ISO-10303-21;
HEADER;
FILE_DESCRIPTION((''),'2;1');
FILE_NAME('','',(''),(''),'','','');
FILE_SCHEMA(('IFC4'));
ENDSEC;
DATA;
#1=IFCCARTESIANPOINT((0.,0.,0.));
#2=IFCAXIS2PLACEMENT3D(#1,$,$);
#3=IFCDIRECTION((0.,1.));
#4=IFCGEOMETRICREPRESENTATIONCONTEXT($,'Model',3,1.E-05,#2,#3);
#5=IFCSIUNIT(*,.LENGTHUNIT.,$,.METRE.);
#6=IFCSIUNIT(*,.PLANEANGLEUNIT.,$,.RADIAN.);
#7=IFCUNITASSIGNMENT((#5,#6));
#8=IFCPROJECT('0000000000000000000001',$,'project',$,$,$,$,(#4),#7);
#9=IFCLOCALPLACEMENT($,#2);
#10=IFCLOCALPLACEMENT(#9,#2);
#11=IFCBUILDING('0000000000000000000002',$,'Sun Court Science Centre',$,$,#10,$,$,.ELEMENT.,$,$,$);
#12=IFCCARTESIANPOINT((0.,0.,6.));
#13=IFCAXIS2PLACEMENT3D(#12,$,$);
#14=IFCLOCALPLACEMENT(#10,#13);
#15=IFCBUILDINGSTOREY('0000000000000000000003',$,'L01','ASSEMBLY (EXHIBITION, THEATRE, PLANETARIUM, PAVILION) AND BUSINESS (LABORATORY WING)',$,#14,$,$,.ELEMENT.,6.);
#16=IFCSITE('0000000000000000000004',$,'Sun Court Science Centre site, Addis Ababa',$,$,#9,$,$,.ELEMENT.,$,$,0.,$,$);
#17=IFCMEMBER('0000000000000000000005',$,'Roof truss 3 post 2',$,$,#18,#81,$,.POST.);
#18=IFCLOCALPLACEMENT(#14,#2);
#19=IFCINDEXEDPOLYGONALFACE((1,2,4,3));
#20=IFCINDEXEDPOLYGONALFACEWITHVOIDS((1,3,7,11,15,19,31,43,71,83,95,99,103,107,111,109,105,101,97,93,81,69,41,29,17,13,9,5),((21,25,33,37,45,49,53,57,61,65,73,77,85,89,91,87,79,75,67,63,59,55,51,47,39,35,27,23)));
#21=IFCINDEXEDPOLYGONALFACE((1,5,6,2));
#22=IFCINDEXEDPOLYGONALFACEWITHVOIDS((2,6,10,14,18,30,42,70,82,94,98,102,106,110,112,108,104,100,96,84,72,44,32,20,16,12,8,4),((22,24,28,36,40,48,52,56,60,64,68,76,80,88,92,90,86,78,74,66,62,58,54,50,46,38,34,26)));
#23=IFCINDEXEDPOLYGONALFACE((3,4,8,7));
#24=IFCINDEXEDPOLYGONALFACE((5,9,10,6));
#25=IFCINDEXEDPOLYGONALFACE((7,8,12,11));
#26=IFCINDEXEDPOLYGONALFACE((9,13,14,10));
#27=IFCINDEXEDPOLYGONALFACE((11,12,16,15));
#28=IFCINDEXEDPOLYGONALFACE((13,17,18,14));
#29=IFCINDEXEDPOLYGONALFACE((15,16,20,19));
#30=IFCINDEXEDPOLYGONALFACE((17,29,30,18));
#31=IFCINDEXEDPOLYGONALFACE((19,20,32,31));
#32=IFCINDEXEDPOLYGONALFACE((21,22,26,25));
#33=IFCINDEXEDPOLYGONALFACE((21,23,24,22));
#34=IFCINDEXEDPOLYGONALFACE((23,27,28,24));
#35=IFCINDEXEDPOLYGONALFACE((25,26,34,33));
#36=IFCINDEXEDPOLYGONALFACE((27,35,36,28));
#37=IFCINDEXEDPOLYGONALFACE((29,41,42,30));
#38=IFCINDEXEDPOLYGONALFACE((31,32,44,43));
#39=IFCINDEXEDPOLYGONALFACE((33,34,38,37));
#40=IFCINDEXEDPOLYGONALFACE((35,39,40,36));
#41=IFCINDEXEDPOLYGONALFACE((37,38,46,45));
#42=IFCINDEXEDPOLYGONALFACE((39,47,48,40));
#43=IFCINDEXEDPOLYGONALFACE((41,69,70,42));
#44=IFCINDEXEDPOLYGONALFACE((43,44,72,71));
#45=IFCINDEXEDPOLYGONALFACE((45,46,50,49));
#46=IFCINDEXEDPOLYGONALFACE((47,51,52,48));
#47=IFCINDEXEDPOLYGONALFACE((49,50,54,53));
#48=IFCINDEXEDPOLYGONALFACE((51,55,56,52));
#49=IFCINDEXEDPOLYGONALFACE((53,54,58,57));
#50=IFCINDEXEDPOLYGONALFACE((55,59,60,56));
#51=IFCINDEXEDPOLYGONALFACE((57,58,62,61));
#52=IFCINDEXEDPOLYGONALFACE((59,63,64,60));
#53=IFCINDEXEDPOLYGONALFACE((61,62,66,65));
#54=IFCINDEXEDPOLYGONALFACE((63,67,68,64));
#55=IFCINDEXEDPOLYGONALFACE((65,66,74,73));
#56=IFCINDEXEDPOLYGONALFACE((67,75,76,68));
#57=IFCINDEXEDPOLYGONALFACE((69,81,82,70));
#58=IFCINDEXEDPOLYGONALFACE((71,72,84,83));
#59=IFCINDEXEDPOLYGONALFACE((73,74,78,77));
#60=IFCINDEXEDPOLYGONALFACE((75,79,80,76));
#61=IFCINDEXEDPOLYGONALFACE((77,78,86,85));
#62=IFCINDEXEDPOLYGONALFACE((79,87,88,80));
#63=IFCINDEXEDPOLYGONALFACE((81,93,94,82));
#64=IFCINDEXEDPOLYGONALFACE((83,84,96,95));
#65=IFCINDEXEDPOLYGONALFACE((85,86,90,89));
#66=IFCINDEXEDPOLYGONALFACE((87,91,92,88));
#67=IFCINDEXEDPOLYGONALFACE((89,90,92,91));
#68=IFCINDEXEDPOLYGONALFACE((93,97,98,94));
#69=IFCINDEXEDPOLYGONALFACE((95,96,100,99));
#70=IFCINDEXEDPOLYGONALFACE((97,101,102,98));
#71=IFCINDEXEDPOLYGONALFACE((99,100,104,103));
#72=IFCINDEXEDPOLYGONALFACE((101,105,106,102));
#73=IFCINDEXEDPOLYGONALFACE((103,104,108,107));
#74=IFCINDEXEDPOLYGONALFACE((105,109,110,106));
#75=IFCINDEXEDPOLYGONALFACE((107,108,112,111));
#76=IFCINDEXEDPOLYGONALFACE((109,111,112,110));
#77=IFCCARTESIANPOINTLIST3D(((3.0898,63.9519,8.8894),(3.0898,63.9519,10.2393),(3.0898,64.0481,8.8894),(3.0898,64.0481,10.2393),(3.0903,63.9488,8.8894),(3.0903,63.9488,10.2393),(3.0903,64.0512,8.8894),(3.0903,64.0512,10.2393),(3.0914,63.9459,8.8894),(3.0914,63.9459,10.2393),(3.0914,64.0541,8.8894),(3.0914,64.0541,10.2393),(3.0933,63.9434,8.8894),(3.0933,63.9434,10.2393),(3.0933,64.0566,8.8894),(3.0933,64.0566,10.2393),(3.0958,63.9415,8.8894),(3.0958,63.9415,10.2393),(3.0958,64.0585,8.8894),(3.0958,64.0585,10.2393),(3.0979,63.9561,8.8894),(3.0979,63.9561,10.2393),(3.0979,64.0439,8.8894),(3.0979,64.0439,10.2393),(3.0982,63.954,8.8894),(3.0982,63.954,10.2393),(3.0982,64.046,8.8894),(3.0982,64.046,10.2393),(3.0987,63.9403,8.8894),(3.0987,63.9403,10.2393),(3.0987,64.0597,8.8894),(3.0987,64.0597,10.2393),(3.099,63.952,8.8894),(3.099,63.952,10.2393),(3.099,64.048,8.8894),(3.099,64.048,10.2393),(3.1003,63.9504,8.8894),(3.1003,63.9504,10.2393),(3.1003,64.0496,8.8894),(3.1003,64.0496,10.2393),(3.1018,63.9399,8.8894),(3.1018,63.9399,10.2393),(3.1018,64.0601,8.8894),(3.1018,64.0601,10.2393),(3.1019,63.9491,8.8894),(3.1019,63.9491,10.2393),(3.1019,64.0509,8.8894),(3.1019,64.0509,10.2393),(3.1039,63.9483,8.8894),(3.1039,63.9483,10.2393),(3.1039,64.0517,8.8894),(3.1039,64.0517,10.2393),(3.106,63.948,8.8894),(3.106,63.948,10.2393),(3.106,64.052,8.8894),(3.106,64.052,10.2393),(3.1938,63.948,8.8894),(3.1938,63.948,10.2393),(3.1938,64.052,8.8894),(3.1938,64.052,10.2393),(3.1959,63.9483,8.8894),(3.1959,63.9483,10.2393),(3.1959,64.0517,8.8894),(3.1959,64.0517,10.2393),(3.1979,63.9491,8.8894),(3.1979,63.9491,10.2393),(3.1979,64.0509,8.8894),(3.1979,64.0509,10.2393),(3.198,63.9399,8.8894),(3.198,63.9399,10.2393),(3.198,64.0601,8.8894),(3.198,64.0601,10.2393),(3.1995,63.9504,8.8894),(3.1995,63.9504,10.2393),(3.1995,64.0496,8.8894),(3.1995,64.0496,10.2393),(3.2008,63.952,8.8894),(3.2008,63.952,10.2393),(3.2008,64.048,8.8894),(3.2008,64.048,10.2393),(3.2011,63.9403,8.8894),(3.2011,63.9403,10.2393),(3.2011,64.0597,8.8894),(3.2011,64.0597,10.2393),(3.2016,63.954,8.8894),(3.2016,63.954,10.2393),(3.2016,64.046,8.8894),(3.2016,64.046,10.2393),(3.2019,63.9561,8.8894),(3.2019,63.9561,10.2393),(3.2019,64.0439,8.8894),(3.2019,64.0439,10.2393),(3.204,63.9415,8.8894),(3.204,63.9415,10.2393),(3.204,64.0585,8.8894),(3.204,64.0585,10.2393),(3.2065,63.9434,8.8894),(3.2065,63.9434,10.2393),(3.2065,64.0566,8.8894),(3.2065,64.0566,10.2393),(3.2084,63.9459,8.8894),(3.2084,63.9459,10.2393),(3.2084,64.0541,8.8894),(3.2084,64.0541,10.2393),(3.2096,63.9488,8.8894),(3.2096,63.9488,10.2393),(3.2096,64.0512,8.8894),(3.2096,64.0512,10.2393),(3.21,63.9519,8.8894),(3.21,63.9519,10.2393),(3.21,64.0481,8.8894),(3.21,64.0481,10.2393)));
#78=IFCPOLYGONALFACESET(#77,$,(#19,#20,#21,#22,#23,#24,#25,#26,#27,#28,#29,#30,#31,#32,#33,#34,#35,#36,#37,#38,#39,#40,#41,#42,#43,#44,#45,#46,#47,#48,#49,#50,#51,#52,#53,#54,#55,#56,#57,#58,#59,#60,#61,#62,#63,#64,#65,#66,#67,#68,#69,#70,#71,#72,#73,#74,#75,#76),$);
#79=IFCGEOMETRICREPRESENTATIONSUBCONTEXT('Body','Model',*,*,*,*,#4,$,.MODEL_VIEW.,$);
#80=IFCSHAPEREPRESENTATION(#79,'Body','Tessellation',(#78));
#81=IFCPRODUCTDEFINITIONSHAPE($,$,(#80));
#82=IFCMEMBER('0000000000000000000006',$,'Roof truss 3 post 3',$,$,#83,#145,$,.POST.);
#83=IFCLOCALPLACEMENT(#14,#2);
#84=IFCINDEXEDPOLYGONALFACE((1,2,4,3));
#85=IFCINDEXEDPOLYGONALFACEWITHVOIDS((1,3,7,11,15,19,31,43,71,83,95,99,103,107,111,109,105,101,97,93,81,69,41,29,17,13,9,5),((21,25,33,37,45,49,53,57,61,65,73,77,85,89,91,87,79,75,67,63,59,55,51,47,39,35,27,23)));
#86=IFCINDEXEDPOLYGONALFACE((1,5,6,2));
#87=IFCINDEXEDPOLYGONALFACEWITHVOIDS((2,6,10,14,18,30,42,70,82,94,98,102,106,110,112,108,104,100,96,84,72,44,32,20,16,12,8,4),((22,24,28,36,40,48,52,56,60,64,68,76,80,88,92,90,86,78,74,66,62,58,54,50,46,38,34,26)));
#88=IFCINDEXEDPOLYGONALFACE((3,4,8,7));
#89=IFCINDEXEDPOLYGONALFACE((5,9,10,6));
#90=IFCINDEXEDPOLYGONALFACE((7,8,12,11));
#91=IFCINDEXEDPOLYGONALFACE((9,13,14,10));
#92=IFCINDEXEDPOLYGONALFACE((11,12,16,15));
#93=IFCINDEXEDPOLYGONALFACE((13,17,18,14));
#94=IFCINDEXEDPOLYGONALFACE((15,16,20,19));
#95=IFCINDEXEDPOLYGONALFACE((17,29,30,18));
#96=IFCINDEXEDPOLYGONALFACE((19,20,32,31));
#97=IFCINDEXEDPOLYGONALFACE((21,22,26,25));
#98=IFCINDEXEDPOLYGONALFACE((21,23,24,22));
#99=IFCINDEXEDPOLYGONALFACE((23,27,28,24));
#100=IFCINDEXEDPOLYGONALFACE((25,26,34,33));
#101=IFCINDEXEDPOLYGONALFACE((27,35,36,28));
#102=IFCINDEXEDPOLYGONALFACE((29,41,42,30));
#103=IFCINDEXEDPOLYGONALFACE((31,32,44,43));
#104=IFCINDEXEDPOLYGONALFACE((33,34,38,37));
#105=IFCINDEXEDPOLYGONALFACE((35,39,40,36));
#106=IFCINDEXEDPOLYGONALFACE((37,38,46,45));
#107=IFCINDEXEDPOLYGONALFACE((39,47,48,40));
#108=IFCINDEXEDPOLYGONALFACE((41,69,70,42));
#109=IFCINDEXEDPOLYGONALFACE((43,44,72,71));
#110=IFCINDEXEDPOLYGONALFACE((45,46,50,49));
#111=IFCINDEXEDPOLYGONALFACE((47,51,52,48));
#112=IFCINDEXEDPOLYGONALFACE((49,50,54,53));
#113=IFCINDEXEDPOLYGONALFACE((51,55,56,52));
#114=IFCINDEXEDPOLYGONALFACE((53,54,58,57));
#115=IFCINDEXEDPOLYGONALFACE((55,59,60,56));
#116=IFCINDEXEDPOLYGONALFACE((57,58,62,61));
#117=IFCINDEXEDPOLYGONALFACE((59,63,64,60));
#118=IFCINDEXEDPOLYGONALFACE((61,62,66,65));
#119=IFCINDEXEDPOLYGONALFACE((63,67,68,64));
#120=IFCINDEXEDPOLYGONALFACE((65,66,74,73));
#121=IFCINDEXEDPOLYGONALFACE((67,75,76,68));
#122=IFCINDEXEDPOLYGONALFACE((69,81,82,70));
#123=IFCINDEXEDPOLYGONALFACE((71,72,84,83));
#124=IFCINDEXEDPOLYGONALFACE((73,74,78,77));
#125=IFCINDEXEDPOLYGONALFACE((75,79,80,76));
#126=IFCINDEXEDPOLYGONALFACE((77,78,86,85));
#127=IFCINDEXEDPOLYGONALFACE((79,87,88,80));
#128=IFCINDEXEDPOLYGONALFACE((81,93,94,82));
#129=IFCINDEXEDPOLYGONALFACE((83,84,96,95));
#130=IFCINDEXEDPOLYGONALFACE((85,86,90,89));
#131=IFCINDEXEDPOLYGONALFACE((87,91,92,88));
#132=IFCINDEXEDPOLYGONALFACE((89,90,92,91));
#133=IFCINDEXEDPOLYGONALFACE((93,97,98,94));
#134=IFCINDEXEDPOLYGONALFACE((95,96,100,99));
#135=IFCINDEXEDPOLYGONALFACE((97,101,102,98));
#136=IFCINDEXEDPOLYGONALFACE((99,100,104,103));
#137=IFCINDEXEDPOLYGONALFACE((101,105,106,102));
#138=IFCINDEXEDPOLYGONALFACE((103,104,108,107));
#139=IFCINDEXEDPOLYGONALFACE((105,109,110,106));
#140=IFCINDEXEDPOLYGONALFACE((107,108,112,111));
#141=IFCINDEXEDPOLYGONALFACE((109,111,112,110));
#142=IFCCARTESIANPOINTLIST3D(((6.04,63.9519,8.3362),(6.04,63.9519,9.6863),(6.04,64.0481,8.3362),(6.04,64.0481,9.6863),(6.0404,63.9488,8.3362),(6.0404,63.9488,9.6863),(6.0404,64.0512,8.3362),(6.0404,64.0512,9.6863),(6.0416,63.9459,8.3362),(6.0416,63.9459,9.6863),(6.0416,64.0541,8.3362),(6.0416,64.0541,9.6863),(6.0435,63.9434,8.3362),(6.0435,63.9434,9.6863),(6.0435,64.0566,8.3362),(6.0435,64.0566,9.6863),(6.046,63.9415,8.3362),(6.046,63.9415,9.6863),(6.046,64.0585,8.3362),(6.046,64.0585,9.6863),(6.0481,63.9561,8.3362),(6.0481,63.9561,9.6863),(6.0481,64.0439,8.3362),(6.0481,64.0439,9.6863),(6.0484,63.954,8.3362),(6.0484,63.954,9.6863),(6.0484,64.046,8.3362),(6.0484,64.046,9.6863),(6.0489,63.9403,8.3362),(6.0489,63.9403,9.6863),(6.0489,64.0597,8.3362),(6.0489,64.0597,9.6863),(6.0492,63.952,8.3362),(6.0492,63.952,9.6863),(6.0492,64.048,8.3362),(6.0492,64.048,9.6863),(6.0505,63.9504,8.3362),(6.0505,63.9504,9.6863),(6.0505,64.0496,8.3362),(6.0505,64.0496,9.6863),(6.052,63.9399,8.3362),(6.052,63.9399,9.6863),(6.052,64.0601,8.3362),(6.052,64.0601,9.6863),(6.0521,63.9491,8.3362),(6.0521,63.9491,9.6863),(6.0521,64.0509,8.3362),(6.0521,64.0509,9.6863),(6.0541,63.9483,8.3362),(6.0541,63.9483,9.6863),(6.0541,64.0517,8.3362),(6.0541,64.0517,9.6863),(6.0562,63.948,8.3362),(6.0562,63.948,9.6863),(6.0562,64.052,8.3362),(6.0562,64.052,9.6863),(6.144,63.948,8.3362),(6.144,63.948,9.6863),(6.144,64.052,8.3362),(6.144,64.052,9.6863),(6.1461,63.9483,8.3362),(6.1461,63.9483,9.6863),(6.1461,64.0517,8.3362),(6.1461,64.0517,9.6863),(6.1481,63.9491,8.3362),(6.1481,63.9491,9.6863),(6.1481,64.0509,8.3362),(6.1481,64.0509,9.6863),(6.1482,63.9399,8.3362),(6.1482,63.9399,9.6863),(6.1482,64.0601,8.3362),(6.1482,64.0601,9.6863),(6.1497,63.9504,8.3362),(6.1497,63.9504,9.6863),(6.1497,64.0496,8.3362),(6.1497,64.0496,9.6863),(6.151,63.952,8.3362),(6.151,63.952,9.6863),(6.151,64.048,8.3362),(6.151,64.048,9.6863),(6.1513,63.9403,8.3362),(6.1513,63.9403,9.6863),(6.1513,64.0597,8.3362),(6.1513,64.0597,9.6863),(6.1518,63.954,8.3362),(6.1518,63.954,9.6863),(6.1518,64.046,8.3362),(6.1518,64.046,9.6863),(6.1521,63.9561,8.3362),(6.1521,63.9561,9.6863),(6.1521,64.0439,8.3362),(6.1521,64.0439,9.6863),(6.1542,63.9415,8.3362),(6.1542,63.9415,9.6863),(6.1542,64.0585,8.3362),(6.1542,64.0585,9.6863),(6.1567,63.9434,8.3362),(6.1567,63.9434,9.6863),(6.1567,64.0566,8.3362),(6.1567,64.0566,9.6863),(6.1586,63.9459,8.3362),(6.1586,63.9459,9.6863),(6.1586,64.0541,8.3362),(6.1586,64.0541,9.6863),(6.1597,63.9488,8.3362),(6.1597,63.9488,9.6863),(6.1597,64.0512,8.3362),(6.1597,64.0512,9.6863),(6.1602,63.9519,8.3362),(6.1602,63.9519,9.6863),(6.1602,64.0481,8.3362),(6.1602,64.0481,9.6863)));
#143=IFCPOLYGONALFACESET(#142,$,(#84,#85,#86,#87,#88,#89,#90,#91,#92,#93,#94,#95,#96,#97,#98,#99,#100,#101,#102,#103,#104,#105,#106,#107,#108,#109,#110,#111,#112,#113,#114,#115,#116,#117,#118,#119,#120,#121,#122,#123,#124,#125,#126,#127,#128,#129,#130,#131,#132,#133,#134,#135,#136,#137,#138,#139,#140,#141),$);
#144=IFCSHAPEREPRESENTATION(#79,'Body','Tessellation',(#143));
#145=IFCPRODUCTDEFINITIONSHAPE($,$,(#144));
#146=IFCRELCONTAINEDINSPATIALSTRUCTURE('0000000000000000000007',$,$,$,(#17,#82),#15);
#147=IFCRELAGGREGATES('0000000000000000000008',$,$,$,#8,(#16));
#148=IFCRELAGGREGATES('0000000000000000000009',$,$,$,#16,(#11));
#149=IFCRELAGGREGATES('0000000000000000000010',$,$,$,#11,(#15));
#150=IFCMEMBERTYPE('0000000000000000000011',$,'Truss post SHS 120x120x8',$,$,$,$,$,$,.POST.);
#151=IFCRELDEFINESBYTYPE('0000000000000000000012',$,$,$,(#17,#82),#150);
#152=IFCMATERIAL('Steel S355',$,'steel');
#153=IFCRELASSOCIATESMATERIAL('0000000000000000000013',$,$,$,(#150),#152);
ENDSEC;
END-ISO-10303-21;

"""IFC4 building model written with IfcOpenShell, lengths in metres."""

from ifc_helpers import new_model, si_unit, direction, frame, origin, origin_2d, place, context, subcontext, project, spatial, hollow_rectangle, extrude, material, material_profile, profile_set, type_object, element, save


model = new_model("IFC4")

# Units and contexts
model_context = context("Model", 3, precision=1e-05, world=origin(), true_north=direction((0.0, 1.0)))
body_context = subcontext(model_context, "Body", "Model", "MODEL_VIEW")
ifc_project = project(units=[si_unit("LENGTHUNIT", "METRE"), si_unit("PLANEANGLEUNIT", "RADIAN")], contexts=[model_context])

# Site, building, storey
site_placement = place(None, origin())
site = spatial("IfcSite", under=ifc_project, at=site_placement, Name="Sun Court Science Centre site, Addis Ababa", CompositionType="ELEMENT", RefElevation=0.0)
building_placement = place(site_placement, origin())
building = spatial("IfcBuilding", under=site, at=building_placement, Name="Sun Court Science Centre", CompositionType="ELEMENT")
storey_placement = place(building_placement, frame((0.0, 0.0, 6.0)))
storey = spatial("IfcBuildingStorey", under=building, at=storey_placement, Name="L01", Description="ASSEMBLY (EXHIBITION, THEATRE, PLANETARIUM, PAVILION) AND BUSINESS (LABORATORY WING)", CompositionType="ELEMENT", Elevation=6.0)

# Members
ifc_material_1 = material(Name="Steel S355", Category="steel")
ifc_material_profile_1 = material_profile(ifc_material_1, hollow_rectangle(XDim=0.1201, YDim=0.1201, WallThickness=0.0081, InnerFilletRadius=0.0081, OuterFilletRadius=0.012, at=origin_2d()), Name="SHS 120x120x8")
ifc_profile_set_1 = profile_set([ifc_material_profile_1], Name="Steel S355")
member_type_1 = type_object("IfcMemberType", Name="Truss post SHS 120x120x8", PredefinedType="POST", material=ifc_profile_set_1)
member_1_placement = place(storey_placement, frame((3.1499, 64.0, 8.8894), z_axis=(0.0, 0.0, 1.0), x_axis=(1.0, 0.0, 0.0)))
element("IfcMember", 1, at=member_1_placement, inside=storey, type_object=member_type_1, Name="Roof truss 3 post 2", PredefinedType="POST", context=body_context, shape_type="SweptSolid", body=[
    extrude(hollow_rectangle(XDim=0.1201, YDim=0.1201, WallThickness=0.0081, InnerFilletRadius=0.0081, OuterFilletRadius=0.012, at=origin_2d()), origin(), (0.0, 0.0, 1.0), 1.3499),
])
member_2_placement = place(storey_placement, frame((6.1001, 64.0, 8.3362), z_axis=(0.0, 0.0, 1.0), x_axis=(1.0, 0.0, 0.0)))
element("IfcMember", 2, at=member_2_placement, inside=storey, type_object=member_type_1, Name="Roof truss 3 post 3", PredefinedType="POST", context=body_context, shape_type="SweptSolid", body=[
    extrude(hollow_rectangle(XDim=0.1201, YDim=0.1201, WallThickness=0.0081, InnerFilletRadius=0.0081, OuterFilletRadius=0.012, at=origin_2d()), origin(), (0.0, 0.0, 1.0), 1.3501),
])

save(model, "model.ifc")
